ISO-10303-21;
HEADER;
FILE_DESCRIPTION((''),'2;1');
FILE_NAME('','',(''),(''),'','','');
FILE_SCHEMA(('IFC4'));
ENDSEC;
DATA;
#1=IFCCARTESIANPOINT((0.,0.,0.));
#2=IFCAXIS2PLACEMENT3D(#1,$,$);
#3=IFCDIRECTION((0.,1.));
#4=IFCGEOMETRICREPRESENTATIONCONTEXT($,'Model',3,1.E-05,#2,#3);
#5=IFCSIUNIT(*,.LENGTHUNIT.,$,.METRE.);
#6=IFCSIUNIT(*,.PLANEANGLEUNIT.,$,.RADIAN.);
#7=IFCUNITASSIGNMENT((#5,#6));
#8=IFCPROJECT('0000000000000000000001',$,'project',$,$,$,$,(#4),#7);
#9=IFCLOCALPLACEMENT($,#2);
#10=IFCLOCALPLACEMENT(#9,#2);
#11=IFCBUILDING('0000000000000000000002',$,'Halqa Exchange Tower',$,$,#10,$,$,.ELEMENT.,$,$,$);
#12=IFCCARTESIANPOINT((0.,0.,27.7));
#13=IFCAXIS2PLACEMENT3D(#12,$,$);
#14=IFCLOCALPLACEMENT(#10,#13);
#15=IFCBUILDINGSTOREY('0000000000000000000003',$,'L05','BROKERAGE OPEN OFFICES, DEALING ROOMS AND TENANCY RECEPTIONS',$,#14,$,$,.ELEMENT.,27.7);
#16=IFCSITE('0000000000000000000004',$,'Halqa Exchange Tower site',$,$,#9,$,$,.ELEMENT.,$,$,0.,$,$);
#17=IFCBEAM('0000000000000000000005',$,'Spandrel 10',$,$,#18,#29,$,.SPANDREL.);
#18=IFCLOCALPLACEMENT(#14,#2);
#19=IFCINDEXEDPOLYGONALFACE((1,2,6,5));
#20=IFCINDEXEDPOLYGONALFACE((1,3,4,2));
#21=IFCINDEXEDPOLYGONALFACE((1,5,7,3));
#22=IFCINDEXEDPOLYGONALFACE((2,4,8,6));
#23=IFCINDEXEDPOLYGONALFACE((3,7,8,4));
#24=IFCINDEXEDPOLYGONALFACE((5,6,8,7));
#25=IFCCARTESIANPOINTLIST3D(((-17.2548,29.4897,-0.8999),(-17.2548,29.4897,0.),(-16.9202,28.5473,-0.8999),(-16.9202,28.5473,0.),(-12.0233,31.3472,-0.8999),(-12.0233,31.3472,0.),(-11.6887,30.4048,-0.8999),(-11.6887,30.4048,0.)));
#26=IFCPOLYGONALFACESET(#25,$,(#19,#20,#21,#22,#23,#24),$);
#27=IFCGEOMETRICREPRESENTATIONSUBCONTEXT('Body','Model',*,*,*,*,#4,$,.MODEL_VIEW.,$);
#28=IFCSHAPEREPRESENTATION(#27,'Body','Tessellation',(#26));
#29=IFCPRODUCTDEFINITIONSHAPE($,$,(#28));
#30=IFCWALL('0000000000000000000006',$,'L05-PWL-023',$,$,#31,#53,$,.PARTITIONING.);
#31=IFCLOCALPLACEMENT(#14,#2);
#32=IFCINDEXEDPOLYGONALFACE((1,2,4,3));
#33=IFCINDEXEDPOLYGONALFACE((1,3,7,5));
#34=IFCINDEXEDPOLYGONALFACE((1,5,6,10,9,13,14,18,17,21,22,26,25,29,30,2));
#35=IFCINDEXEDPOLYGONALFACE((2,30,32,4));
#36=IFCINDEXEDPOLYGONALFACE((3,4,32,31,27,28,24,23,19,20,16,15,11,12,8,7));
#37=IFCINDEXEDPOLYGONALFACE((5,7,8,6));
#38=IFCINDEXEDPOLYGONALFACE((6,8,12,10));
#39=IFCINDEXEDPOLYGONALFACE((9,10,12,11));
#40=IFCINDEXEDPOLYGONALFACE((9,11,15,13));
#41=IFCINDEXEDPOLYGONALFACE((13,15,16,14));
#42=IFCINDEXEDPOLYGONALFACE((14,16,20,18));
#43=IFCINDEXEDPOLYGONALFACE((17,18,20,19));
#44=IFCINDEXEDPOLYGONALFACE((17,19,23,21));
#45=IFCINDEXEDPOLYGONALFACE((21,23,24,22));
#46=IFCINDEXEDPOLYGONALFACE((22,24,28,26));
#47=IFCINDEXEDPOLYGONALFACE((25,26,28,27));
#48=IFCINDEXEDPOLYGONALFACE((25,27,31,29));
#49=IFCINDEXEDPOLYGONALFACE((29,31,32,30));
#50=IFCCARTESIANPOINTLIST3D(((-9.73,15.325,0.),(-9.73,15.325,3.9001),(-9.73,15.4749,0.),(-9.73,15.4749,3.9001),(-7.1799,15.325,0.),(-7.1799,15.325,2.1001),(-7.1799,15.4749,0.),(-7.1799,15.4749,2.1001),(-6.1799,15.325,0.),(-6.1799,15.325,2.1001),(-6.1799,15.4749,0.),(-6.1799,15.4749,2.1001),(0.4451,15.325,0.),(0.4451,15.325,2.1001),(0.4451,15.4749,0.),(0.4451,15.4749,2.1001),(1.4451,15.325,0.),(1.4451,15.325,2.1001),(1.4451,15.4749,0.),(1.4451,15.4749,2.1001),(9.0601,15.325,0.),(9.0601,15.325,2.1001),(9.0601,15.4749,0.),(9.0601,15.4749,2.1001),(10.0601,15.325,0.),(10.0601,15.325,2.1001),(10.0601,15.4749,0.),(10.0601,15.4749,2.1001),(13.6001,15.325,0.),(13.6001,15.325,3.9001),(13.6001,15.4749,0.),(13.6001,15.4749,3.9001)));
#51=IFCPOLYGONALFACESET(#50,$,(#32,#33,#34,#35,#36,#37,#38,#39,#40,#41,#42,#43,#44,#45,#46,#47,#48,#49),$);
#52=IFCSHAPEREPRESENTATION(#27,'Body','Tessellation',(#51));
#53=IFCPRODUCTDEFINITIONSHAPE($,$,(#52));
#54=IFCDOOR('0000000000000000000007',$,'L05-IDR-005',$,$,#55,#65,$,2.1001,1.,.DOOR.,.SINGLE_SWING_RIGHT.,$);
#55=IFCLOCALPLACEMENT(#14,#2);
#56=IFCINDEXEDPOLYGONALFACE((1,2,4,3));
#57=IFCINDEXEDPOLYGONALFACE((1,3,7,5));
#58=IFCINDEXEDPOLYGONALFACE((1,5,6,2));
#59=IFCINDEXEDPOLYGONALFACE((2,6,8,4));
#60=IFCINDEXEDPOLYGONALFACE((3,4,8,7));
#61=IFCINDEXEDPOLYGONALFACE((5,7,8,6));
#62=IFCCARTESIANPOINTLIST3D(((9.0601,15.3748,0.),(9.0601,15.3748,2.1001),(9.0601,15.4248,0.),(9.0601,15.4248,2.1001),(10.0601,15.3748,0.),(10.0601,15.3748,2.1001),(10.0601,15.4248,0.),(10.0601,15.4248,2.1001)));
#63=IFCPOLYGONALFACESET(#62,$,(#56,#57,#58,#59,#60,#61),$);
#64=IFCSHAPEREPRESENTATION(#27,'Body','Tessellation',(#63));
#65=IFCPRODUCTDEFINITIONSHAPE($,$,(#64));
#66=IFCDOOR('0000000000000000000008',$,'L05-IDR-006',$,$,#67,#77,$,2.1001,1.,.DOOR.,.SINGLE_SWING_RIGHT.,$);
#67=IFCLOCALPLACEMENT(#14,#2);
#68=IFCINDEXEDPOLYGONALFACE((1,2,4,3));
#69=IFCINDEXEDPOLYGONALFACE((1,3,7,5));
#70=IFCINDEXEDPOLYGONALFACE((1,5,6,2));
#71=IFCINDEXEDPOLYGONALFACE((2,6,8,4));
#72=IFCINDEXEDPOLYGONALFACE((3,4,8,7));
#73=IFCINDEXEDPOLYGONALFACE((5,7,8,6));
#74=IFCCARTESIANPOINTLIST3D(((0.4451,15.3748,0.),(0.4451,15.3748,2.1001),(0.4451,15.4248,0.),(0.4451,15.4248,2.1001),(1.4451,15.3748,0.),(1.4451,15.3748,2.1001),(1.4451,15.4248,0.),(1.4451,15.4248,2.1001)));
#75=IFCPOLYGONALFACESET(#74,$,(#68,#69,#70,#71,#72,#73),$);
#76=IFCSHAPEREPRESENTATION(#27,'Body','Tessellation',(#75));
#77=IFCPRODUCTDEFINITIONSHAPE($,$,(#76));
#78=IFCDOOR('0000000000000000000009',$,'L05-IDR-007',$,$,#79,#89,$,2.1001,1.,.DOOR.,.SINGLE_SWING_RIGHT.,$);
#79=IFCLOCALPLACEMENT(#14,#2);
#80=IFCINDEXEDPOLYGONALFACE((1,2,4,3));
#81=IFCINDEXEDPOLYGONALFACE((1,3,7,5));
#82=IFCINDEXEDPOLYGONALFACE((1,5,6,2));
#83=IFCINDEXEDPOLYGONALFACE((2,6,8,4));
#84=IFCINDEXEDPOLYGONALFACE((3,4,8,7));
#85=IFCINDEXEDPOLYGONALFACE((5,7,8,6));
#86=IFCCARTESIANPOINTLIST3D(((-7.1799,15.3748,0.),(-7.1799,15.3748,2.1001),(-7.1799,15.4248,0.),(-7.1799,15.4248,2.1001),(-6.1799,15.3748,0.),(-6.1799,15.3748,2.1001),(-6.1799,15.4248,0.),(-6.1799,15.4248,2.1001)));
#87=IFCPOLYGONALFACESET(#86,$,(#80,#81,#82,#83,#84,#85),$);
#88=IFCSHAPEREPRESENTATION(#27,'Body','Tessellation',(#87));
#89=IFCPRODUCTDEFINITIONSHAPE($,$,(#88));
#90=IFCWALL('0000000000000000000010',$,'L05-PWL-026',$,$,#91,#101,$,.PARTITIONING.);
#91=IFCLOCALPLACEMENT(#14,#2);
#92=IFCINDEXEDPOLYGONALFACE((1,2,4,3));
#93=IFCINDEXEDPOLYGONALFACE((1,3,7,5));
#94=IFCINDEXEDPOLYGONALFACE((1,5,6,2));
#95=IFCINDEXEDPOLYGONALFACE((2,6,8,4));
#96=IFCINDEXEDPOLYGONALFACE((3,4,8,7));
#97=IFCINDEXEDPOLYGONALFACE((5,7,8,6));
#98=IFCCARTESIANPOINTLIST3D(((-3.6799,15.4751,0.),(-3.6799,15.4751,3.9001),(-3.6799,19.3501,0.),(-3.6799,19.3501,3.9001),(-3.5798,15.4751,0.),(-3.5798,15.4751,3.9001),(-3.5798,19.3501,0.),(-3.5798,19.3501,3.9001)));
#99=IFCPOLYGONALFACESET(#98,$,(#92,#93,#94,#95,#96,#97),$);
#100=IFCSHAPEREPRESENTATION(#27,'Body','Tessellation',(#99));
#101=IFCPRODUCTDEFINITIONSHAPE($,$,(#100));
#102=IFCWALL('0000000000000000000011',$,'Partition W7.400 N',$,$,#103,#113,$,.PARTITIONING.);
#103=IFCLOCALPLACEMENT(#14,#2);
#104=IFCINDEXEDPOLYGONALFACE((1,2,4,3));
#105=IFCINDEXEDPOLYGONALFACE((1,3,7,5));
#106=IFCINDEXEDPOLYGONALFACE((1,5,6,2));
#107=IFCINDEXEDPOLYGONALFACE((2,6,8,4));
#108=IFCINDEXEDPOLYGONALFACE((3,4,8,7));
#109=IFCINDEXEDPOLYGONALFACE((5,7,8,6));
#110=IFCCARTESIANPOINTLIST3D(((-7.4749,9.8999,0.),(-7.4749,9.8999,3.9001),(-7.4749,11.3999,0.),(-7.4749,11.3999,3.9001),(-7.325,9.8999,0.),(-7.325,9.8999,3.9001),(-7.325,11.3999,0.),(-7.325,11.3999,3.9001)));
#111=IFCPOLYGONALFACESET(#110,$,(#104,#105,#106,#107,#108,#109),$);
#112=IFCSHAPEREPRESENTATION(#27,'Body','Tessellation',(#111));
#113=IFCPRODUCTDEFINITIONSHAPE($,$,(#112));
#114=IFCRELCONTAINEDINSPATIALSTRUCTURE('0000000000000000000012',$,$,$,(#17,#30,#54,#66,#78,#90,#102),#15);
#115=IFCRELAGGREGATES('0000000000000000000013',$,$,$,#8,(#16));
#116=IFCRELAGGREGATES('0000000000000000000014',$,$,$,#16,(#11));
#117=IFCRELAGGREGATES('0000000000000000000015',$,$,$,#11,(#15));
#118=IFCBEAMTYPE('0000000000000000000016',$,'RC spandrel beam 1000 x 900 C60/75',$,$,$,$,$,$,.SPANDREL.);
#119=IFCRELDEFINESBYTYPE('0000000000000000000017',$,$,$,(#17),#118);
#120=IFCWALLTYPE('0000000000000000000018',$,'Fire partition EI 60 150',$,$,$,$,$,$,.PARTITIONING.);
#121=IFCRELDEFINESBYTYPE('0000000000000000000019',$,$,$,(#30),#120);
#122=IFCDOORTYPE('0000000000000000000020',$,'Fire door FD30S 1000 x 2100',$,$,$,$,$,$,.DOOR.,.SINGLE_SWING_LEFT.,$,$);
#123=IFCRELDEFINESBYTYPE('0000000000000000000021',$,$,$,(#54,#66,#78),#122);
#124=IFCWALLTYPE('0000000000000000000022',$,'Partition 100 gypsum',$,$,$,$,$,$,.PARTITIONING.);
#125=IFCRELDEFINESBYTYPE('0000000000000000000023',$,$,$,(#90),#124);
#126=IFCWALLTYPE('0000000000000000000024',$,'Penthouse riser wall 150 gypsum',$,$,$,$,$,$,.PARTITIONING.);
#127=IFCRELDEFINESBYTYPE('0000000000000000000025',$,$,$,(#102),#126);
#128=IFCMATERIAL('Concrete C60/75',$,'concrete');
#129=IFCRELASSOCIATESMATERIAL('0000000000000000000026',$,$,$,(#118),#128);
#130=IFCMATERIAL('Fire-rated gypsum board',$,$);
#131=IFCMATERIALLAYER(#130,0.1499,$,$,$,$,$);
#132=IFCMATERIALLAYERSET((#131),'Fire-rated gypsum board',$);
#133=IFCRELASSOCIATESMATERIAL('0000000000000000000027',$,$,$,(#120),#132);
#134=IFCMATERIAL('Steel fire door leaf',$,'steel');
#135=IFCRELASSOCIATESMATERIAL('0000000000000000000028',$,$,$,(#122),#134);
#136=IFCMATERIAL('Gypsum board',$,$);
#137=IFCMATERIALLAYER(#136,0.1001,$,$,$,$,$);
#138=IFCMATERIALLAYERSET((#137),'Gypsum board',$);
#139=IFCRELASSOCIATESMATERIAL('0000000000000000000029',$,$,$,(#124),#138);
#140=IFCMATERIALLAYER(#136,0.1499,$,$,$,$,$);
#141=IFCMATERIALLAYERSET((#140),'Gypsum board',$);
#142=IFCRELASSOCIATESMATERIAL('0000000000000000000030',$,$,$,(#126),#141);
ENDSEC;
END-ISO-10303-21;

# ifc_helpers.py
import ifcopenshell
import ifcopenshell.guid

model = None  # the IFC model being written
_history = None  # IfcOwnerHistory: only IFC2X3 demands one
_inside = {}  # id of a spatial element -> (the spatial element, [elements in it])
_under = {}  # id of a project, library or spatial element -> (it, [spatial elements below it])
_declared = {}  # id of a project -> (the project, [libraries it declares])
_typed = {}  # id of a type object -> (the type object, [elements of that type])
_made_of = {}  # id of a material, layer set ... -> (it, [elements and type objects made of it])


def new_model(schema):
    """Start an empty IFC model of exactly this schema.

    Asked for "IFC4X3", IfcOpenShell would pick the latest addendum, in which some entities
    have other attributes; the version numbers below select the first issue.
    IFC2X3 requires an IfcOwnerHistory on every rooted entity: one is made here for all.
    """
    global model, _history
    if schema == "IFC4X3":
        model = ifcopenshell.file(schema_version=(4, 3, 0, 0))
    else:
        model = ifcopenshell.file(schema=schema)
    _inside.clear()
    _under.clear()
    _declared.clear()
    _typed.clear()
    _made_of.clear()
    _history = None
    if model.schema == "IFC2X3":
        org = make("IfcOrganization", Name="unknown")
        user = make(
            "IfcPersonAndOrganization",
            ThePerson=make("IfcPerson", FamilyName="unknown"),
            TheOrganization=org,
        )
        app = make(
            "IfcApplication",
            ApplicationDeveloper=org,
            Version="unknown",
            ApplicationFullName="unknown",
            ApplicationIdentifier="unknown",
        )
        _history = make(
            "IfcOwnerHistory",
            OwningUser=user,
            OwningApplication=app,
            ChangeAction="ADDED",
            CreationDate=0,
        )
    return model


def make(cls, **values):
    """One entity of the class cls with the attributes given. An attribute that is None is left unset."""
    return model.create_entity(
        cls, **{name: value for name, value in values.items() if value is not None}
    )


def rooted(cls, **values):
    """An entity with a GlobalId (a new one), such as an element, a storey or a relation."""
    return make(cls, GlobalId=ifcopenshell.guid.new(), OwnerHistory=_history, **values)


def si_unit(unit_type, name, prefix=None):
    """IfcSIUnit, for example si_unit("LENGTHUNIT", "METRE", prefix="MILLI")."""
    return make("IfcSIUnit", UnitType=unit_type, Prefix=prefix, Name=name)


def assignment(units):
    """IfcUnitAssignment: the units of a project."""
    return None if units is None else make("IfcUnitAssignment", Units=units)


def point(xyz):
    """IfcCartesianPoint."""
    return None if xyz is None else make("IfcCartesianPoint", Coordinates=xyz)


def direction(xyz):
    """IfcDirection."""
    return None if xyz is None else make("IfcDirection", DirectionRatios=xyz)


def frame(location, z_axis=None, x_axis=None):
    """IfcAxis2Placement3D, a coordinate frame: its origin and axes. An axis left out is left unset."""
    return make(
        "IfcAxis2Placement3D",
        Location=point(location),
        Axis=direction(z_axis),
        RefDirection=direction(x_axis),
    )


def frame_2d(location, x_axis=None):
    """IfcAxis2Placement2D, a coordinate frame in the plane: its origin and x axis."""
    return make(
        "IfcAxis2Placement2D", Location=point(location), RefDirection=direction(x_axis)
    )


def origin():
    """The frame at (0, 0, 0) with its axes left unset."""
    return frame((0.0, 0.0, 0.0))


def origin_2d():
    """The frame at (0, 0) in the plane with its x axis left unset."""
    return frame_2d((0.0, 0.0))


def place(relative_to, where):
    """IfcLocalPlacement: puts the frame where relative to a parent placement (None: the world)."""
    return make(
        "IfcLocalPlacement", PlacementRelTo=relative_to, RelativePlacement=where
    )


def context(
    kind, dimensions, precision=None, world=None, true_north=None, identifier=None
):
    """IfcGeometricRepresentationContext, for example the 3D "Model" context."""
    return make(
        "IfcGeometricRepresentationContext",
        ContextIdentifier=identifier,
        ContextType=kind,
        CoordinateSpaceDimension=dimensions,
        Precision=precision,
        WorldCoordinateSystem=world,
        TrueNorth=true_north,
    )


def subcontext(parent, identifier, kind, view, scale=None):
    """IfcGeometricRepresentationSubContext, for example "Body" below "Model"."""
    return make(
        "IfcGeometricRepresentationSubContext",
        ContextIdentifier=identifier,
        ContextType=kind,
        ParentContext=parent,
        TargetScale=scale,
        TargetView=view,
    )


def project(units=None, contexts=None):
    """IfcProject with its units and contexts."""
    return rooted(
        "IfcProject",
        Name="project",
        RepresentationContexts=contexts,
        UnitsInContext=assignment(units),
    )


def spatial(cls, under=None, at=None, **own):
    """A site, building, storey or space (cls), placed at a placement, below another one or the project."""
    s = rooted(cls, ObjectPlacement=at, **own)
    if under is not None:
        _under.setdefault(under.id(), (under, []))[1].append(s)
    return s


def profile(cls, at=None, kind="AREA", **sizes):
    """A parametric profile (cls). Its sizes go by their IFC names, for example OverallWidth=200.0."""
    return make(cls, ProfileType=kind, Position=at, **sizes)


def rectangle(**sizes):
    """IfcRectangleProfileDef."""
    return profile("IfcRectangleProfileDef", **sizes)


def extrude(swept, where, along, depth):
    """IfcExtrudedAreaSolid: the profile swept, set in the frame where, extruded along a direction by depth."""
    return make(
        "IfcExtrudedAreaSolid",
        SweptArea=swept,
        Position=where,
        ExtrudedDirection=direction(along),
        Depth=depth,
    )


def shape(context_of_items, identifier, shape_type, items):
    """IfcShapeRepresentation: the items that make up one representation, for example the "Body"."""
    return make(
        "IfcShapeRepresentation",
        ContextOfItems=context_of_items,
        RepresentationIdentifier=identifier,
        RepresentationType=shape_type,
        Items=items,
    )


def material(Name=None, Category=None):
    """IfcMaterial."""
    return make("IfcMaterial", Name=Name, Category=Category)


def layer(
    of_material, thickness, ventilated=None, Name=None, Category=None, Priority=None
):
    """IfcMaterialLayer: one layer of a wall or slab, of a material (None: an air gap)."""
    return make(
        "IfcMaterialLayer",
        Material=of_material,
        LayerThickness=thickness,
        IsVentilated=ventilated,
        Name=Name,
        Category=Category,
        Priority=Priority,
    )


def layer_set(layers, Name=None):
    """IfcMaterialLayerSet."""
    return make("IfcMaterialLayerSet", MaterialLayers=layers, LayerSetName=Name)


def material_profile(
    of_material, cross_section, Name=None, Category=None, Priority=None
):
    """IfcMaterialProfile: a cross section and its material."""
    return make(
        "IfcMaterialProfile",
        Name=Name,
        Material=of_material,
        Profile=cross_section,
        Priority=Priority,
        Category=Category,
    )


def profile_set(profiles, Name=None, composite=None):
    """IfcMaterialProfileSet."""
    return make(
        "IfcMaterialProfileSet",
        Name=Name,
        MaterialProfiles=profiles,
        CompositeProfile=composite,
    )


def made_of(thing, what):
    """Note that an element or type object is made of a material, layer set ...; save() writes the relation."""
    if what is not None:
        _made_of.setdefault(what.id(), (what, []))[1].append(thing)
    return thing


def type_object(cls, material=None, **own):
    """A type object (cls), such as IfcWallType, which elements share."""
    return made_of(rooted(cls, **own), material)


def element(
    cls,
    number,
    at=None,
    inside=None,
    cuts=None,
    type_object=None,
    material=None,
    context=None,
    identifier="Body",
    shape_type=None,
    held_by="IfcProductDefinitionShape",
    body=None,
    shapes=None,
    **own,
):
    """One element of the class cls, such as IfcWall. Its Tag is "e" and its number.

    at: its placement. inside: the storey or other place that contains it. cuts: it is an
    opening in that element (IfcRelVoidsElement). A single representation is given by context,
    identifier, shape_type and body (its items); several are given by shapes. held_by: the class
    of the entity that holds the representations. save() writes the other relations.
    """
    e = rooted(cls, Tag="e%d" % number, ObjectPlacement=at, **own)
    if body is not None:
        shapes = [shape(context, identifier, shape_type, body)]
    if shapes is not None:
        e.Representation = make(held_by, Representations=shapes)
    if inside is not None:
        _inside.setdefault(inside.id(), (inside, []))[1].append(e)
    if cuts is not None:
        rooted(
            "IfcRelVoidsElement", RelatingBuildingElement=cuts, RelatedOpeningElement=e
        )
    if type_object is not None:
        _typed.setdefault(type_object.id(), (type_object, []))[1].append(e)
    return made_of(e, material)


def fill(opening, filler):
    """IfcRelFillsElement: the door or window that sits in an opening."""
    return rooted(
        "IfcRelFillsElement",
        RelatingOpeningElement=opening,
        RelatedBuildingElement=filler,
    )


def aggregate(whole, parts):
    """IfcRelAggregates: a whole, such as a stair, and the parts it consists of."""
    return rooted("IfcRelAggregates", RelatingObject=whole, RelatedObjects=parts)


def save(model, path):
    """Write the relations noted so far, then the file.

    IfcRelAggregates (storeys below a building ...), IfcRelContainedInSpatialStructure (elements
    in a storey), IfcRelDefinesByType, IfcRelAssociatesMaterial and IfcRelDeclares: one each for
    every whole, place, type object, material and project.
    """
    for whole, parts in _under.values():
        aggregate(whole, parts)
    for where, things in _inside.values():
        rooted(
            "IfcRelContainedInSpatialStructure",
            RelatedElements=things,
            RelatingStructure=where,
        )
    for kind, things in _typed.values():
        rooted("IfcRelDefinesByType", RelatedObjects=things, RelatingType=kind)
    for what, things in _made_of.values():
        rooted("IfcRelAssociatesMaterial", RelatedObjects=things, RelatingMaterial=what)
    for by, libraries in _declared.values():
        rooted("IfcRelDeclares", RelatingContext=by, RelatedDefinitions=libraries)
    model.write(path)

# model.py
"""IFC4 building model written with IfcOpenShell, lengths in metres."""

from ifc_helpers import new_model, si_unit, direction, frame, frame_2d, origin, origin_2d, place, context, subcontext, project, spatial, rectangle, extrude, material, layer, layer_set, material_profile, profile_set, type_object, element, fill, save


model = new_model("IFC4")

# Units and contexts
model_context = context("Model", 3, precision=1e-05, world=origin(), true_north=direction((0.0, 1.0)))
body_context = subcontext(model_context, "Body", "Model", "MODEL_VIEW")
ifc_project = project(units=[si_unit("LENGTHUNIT", "METRE"), si_unit("PLANEANGLEUNIT", "RADIAN")], contexts=[model_context])

# Site, building, storey
site_placement = place(None, origin())
site = spatial("IfcSite", under=ifc_project, at=site_placement, Name="Halqa Exchange Tower site", CompositionType="ELEMENT", RefElevation=0.0)
building_placement = place(site_placement, origin())
building = spatial("IfcBuilding", under=site, at=building_placement, Name="Halqa Exchange Tower", CompositionType="ELEMENT")
storey_placement = place(building_placement, frame((0.0, 0.0, 27.7)))
storey = spatial("IfcBuildingStorey", under=building, at=storey_placement, Name="L05", Description="BROKERAGE OPEN OFFICES, DEALING ROOMS AND TENANCY RECEPTIONS", CompositionType="ELEMENT", Elevation=27.7)

# Beam
ifc_material_1 = material(Name="Concrete C60/75", Category="concrete")
ifc_material_profile_1 = material_profile(ifc_material_1, rectangle(XDim=1.0, YDim=0.8999, at=origin_2d()), Name="1000 x 900")
ifc_profile_set_1 = profile_set([ifc_material_profile_1], Name="Concrete C60/75")
beam_type_1 = type_object("IfcBeamType", Name="RC spandrel beam 1000 x 900 C60/75", PredefinedType="SPANDREL", material=ifc_profile_set_1)
beam_1_placement = place(storey_placement, frame((-11.856, 30.876, -0.45), z_axis=(-0.942365, -0.334586, 0.0), x_axis=(0.334586, -0.942365, 0.0)))
element("IfcBeam", 1, at=beam_1_placement, inside=storey, type_object=beam_type_1, Name="Spandrel 10", PredefinedType="SPANDREL", context=body_context, shape_type="SweptSolid", body=[
    extrude(rectangle(XDim=1.0, YDim=0.8999, at=origin_2d()), origin(), (0.0, 0.0, 1.0), 5.5515),
])

# Wall, openings, doors
ifc_material_2 = material(Name="Fire-rated gypsum board")
ifc_layer_1 = layer(ifc_material_2, 0.1499)
ifc_layer_set_1 = layer_set([ifc_layer_1], Name="Fire-rated gypsum board")
wall_type_1 = type_object("IfcWallType", Name="Fire partition EI 60 150", PredefinedType="PARTITIONING", material=ifc_layer_set_1)
wall_1_placement = place(storey_placement, frame((-9.73, 15.3999, 0.0), z_axis=(0.0, 0.0, 1.0), x_axis=(1.0, 0.0, 0.0)))
wall_1 = element("IfcWall", 2, at=wall_1_placement, inside=storey, type_object=wall_type_1, Name="L05-PWL-023", PredefinedType="PARTITIONING", context=body_context, shape_type="SweptSolid", body=[
    extrude(rectangle(XDim=23.3301, YDim=0.1499, at=frame_2d((11.665, 0.0))), origin(), (0.0, 0.0, 1.0), 3.9001),
])
opening_1_placement = place(wall_1_placement, frame((18.79, 0.0, 0.0)))
opening_1 = element("IfcOpeningElement", 3, at=opening_1_placement, cuts=wall_1, PredefinedType="OPENING", context=body_context, shape_type="SweptSolid", body=[
    extrude(rectangle(XDim=1.0, YDim=2.1001, at=frame_2d((0.5, 1.05))), frame((0.0, 0.0869, 0.0), z_axis=(0.0, -1.0, 0.0), x_axis=(1.0, 0.0, 0.0)), (0.0, 0.0, 1.0), 0.1738),
])
opening_2_placement = place(wall_1_placement, frame((10.175, 0.0, 0.0)))
opening_2 = element("IfcOpeningElement", 4, at=opening_2_placement, cuts=wall_1, PredefinedType="OPENING", context=body_context, shape_type="SweptSolid", body=[
    extrude(rectangle(XDim=1.0, YDim=2.1001, at=frame_2d((0.5, 1.05))), frame((0.0, 0.0869, 0.0), z_axis=(0.0, -1.0, 0.0), x_axis=(1.0, 0.0, 0.0)), (0.0, 0.0, 1.0), 0.1738),
])
opening_3_placement = place(wall_1_placement, frame((2.55, 0.0, 0.0)))
opening_3 = element("IfcOpeningElement", 5, at=opening_3_placement, cuts=wall_1, PredefinedType="OPENING", context=body_context, shape_type="SweptSolid", body=[
    extrude(rectangle(XDim=1.0, YDim=2.1001, at=frame_2d((0.5, 1.05))), frame((0.0, 0.0869, 0.0), z_axis=(0.0, -1.0, 0.0), x_axis=(1.0, 0.0, 0.0)), (0.0, 0.0, 1.0), 0.1738),
])
ifc_material_3 = material(Name="Steel fire door leaf", Category="steel")
door_type_1 = type_object("IfcDoorType", Name="Fire door FD30S 1000 x 2100", OperationType="SINGLE_SWING_LEFT", PredefinedType="DOOR", material=ifc_material_3)
door_1_placement = place(opening_1_placement, origin())
door_1 = element("IfcDoor", 6, at=door_1_placement, inside=storey, type_object=door_type_1, Name="L05-IDR-005", OperationType="SINGLE_SWING_RIGHT", OverallHeight=2.1001, OverallWidth=1.0, PredefinedType="DOOR", context=body_context, shape_type="SweptSolid", body=[
    extrude(rectangle(XDim=1.0, YDim=2.1001, at=frame_2d((0.5, 1.05))), frame((0.0, 0.0249, 0.0), z_axis=(0.0, -1.0, 0.0), x_axis=(1.0, 0.0, 0.0)), (0.0, 0.0, 1.0), 0.05),
])
fill(opening_1, door_1)
door_2_placement = place(opening_2_placement, origin())
door_2 = element("IfcDoor", 7, at=door_2_placement, inside=storey, type_object=door_type_1, Name="L05-IDR-006", OperationType="SINGLE_SWING_RIGHT", OverallHeight=2.1001, OverallWidth=1.0, PredefinedType="DOOR", context=body_context, shape_type="SweptSolid", body=[
    extrude(rectangle(XDim=1.0, YDim=2.1001, at=frame_2d((0.5, 1.05))), frame((0.0, 0.0249, 0.0), z_axis=(0.0, -1.0, 0.0), x_axis=(1.0, 0.0, 0.0)), (0.0, 0.0, 1.0), 0.05),
])
fill(opening_2, door_2)
door_3_placement = place(opening_3_placement, origin())
door_3 = element("IfcDoor", 8, at=door_3_placement, inside=storey, type_object=door_type_1, Name="L05-IDR-007", OperationType="SINGLE_SWING_RIGHT", OverallHeight=2.1001, OverallWidth=1.0, PredefinedType="DOOR", context=body_context, shape_type="SweptSolid", body=[
    extrude(rectangle(XDim=1.0, YDim=2.1001, at=frame_2d((0.5, 1.05))), frame((0.0, 0.0249, 0.0), z_axis=(0.0, -1.0, 0.0), x_axis=(1.0, 0.0, 0.0)), (0.0, 0.0, 1.0), 0.05),
])
fill(opening_3, door_3)

# Walls
ifc_material_4 = material(Name="Gypsum board")
ifc_layer_2 = layer(ifc_material_4, 0.1001)
ifc_layer_set_2 = layer_set([ifc_layer_2], Name="Gypsum board")
wall_type_2 = type_object("IfcWallType", Name="Partition 100 gypsum", PredefinedType="PARTITIONING", material=ifc_layer_set_2)
wall_2_placement = place(storey_placement, frame((-3.6299, 15.4751, 0.0), z_axis=(0.0, 0.0, 1.0), x_axis=(0.0, 1.0, 0.0)))
element("IfcWall", 9, at=wall_2_placement, inside=storey, type_object=wall_type_2, Name="L05-PWL-026", PredefinedType="PARTITIONING", context=body_context, shape_type="SweptSolid", body=[
    extrude(rectangle(XDim=3.875, YDim=0.1001, at=frame_2d((1.9375, 0.0))), origin(), (0.0, 0.0, 1.0), 3.9001),
])
ifc_layer_3 = layer(ifc_material_4, 0.1499)
ifc_layer_set_3 = layer_set([ifc_layer_3], Name="Gypsum board")
wall_type_3 = type_object("IfcWallType", Name="Penthouse riser wall 150 gypsum", PredefinedType="PARTITIONING", material=ifc_layer_set_3)
wall_3_placement = place(storey_placement, frame((-7.3999, 9.8999, 0.0), z_axis=(0.0, 0.0, 1.0), x_axis=(0.0, 1.0, 0.0)))
element("IfcWall", 10, at=wall_3_placement, inside=storey, type_object=wall_type_3, Name="Partition W7.400 N", PredefinedType="PARTITIONING", context=body_context, shape_type="SweptSolid", body=[
    extrude(rectangle(XDim=1.5, YDim=0.1499, at=frame_2d((0.75, 0.0))), origin(), (0.0, 0.0, 1.0), 3.9001),
])

save(model, "model.ifc")
